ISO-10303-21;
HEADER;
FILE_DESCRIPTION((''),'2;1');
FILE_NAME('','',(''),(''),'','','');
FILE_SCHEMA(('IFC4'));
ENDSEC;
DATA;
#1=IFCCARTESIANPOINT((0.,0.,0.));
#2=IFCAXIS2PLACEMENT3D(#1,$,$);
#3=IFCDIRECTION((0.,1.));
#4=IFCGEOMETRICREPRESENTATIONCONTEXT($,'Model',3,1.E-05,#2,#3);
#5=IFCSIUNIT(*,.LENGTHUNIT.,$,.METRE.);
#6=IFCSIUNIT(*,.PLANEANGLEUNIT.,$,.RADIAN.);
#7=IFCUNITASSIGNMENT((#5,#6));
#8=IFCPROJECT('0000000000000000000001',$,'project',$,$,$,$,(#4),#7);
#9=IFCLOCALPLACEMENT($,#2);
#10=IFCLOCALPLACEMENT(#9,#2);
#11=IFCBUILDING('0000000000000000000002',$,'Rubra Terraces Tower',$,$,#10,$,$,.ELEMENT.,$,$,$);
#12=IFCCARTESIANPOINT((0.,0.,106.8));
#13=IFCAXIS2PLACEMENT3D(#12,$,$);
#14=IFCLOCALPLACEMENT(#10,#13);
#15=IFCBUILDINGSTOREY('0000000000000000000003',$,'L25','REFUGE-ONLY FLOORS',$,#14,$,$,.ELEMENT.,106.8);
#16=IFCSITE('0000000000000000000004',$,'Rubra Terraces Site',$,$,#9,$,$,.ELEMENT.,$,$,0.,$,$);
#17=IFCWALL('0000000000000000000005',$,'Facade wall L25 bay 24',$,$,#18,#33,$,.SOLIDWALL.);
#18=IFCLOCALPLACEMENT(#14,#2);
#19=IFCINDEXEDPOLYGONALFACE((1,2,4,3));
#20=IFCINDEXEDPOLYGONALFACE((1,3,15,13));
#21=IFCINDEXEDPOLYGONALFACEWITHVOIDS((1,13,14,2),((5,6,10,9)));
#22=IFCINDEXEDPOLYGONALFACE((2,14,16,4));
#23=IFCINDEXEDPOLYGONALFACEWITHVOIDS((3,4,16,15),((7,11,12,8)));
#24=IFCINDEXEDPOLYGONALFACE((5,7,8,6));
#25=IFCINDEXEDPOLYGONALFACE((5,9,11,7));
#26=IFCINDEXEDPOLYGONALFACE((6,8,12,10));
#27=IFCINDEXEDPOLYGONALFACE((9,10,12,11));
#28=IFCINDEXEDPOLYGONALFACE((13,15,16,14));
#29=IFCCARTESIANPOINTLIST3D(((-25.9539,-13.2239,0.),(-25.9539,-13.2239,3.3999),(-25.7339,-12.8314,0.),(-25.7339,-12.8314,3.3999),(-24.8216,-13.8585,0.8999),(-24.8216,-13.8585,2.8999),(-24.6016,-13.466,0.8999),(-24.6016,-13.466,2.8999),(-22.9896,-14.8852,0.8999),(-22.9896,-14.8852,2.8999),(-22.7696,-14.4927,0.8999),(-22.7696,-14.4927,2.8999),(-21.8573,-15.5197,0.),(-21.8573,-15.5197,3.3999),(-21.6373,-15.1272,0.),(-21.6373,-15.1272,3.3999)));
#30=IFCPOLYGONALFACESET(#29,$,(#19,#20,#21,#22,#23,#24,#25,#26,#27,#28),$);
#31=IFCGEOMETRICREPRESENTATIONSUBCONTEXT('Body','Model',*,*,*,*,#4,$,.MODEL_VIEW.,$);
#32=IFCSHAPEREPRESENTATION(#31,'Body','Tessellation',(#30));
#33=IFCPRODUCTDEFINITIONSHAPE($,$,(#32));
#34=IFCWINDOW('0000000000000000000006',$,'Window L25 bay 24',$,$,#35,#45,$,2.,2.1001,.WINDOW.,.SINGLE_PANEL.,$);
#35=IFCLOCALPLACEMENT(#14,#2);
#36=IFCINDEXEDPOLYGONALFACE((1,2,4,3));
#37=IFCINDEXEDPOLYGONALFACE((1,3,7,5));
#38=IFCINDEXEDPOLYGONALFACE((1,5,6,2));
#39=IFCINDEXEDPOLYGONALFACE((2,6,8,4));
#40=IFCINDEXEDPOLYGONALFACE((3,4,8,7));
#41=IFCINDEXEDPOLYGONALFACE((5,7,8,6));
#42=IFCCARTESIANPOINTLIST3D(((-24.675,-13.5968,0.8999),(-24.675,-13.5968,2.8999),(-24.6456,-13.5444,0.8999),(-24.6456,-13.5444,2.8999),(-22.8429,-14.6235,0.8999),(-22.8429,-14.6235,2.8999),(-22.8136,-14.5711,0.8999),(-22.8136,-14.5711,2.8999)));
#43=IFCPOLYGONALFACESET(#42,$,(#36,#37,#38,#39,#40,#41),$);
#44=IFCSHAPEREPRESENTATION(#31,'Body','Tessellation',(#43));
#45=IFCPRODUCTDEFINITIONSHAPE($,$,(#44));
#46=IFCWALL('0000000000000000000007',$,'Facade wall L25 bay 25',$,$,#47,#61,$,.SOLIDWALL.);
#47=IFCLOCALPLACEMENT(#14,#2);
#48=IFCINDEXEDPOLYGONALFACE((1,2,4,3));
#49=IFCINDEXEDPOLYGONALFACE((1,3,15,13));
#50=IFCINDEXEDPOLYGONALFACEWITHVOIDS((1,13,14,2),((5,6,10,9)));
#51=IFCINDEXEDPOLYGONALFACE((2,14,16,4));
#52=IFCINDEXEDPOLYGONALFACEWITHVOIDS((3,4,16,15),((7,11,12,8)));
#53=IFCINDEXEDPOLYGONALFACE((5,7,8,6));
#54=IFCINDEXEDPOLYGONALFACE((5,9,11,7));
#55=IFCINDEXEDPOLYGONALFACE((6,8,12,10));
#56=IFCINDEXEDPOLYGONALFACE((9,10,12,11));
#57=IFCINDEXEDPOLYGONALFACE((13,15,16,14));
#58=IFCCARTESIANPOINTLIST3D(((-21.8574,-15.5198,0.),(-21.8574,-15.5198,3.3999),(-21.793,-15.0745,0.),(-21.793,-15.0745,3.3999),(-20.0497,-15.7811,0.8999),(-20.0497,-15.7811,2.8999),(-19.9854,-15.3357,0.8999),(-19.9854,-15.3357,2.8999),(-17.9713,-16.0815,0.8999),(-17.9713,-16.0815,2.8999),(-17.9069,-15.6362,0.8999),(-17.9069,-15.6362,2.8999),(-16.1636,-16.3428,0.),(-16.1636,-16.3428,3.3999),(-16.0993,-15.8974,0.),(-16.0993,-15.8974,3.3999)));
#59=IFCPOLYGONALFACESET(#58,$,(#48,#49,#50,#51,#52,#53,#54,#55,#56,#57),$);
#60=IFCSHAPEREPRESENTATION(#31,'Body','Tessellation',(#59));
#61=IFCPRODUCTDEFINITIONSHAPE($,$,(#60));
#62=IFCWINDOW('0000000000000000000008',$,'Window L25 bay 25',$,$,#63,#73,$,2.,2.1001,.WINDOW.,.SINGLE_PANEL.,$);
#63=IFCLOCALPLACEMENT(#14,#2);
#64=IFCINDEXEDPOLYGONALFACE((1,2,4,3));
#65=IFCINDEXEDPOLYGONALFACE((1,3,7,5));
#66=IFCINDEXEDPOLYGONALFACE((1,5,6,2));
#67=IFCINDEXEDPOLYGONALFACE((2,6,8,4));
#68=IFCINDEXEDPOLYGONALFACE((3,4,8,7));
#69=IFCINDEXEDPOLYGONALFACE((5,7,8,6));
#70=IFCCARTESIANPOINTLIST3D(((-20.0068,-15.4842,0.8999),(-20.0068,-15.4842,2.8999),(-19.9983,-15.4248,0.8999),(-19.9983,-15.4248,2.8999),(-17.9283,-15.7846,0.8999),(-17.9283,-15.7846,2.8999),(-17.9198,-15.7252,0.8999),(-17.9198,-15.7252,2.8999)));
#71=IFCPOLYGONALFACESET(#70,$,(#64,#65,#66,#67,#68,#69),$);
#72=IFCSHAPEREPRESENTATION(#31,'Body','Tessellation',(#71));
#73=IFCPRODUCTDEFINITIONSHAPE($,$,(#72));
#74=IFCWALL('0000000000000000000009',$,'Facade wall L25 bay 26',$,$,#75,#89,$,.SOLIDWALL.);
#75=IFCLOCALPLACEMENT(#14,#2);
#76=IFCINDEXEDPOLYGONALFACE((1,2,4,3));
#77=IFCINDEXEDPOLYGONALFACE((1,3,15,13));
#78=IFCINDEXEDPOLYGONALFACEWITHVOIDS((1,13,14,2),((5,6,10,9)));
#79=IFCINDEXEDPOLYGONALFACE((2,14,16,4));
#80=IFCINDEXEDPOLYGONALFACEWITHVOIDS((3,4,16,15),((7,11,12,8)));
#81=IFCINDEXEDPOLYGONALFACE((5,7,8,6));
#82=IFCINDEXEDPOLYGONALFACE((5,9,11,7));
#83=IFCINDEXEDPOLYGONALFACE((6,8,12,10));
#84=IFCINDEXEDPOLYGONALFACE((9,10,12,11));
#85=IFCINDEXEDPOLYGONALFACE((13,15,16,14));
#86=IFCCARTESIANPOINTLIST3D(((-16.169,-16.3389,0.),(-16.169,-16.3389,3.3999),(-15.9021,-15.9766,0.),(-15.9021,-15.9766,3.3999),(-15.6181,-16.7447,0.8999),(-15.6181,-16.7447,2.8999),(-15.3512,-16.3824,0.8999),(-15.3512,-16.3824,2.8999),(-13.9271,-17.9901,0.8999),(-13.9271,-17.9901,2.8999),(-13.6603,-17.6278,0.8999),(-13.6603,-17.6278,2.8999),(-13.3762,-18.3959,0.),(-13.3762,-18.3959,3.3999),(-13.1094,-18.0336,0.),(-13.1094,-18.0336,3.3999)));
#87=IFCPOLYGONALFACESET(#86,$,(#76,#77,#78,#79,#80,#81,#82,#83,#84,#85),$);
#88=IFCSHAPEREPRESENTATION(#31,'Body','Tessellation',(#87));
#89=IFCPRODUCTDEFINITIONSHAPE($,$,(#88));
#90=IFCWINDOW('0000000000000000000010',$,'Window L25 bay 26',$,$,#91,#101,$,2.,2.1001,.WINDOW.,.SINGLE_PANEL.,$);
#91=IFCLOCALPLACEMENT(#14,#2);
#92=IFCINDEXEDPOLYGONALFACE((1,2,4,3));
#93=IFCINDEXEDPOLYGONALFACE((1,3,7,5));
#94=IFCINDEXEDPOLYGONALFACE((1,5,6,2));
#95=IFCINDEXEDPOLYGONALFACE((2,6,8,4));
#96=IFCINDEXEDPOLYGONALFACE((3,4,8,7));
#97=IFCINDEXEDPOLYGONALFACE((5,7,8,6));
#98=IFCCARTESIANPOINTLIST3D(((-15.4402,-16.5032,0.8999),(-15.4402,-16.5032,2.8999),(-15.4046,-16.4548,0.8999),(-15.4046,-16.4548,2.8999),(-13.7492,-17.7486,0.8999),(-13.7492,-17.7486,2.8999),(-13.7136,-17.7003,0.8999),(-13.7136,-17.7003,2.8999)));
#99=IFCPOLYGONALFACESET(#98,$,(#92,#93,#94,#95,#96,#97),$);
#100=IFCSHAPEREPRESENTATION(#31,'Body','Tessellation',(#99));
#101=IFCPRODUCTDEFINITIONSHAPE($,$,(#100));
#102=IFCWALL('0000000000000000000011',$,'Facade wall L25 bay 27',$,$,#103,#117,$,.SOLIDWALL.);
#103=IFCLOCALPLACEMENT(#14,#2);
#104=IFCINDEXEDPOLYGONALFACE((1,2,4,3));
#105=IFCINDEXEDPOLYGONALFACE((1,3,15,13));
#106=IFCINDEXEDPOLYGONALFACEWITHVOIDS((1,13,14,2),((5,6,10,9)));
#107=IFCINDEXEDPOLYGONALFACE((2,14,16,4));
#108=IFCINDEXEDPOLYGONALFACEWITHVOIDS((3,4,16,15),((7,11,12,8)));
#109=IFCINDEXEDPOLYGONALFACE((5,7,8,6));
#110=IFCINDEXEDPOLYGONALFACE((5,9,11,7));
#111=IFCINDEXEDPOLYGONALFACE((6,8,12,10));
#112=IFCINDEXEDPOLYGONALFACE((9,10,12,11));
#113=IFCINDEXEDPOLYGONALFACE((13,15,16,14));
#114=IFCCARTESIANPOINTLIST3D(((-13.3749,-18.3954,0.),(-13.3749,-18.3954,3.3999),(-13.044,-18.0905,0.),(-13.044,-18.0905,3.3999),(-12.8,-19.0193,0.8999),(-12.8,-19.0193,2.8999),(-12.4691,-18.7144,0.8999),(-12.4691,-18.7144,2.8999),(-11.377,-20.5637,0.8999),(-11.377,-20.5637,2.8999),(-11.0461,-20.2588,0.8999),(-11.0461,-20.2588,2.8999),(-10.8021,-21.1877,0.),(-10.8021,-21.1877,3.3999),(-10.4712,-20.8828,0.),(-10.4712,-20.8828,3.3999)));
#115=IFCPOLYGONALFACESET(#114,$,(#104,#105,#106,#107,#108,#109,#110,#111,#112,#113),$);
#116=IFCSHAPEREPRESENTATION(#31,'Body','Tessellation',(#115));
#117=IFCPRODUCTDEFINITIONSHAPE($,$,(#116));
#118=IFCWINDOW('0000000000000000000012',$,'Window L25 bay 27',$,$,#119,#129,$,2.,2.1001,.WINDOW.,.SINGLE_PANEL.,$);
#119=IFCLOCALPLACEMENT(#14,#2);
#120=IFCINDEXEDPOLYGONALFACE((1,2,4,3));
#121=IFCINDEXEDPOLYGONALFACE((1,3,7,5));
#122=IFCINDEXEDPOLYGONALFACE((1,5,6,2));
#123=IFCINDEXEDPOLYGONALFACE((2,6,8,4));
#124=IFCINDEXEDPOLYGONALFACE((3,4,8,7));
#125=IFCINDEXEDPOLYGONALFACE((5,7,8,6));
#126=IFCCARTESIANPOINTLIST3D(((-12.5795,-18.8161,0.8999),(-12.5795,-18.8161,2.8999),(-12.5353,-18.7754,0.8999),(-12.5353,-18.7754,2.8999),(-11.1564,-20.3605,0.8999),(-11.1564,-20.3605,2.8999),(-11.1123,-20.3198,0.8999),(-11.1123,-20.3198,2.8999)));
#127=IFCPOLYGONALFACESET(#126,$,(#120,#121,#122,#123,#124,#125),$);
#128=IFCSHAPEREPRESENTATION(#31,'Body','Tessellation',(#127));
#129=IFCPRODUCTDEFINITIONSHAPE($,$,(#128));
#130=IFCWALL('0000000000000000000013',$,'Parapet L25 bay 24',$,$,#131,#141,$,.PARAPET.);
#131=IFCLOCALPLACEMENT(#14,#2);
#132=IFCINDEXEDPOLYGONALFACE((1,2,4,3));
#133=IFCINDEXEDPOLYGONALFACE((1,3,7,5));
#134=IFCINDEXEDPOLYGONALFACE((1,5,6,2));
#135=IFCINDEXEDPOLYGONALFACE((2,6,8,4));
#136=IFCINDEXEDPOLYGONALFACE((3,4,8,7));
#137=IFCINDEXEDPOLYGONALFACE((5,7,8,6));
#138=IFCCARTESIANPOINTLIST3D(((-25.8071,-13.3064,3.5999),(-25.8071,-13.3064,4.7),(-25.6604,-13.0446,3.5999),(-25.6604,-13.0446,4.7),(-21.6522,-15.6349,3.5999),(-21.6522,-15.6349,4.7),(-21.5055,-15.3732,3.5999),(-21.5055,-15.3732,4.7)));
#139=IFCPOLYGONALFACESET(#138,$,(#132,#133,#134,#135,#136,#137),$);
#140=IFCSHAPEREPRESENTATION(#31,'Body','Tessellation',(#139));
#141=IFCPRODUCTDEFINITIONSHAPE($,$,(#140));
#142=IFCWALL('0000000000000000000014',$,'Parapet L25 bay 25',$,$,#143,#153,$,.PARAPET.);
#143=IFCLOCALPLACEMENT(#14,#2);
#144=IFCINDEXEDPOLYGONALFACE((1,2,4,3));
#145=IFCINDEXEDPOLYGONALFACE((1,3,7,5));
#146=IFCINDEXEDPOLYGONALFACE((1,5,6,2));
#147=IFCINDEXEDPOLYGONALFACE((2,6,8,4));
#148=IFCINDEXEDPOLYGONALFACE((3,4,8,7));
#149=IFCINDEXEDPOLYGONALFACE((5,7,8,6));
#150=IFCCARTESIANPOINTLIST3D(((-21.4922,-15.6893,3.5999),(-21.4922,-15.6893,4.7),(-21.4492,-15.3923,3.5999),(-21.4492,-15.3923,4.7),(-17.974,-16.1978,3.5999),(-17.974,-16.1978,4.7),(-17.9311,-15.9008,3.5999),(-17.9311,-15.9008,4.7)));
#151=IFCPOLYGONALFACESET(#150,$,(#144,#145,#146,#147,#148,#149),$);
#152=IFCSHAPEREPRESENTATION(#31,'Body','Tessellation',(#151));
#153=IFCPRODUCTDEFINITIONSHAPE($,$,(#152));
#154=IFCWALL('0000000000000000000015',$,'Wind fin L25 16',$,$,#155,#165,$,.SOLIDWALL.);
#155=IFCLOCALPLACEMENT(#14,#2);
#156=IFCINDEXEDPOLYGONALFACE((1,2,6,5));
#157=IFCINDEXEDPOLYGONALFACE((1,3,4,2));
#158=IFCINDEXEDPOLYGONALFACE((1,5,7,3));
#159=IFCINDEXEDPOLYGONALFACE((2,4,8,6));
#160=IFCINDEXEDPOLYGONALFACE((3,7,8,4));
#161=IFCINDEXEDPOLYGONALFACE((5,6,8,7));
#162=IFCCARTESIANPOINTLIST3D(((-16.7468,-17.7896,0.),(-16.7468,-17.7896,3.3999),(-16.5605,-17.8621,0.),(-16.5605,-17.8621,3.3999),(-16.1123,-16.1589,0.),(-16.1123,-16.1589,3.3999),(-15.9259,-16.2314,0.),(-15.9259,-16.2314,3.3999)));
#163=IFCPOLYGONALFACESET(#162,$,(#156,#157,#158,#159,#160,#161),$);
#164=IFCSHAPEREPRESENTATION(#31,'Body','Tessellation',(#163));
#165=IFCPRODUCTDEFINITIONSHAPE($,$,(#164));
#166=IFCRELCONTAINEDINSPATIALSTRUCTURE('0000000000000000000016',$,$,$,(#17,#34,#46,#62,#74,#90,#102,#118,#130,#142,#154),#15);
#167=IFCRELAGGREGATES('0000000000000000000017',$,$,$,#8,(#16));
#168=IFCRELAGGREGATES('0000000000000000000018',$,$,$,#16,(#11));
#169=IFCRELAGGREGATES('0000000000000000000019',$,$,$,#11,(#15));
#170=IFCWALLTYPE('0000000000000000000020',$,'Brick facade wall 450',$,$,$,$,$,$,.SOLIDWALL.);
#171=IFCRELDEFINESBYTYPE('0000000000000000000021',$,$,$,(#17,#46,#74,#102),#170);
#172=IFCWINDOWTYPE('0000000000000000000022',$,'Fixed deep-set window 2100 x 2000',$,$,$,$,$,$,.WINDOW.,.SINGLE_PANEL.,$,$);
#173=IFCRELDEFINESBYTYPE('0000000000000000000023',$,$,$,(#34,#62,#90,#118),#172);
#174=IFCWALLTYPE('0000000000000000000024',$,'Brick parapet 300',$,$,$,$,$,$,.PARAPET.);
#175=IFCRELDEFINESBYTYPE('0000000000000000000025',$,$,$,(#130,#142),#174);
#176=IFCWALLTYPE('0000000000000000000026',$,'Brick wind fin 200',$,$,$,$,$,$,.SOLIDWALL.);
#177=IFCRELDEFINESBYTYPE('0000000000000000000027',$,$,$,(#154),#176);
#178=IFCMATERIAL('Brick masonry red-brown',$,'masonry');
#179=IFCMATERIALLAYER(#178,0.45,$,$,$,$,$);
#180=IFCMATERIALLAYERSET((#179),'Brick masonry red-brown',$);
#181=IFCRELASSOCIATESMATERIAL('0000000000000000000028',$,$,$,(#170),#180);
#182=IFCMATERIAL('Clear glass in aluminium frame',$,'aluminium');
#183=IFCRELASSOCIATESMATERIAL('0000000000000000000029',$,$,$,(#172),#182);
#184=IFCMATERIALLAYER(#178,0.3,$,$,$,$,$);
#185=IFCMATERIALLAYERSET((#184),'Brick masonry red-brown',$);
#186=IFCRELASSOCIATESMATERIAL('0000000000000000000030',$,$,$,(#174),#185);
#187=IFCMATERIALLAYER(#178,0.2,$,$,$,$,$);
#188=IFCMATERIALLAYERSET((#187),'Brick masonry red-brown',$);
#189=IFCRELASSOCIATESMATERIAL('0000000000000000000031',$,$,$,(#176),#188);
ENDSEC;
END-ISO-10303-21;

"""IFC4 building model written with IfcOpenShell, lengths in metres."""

from ifc_helpers import new_model, si_unit, direction, frame, frame_2d, origin, place, context, subcontext, project, spatial, rectangle, extrude, material, layer, layer_set, type_object, element, fill, save


model = new_model("IFC4")

# Units and contexts
model_context = context("Model", 3, precision=1e-05, world=origin(), true_north=direction((0.0, 1.0)))
body_context = subcontext(model_context, "Body", "Model", "MODEL_VIEW")
ifc_project = project(units=[si_unit("LENGTHUNIT", "METRE"), si_unit("PLANEANGLEUNIT", "RADIAN")], contexts=[model_context])

# Site, building, storey
site_placement = place(None, origin())
site = spatial("IfcSite", under=ifc_project, at=site_placement, Name="Rubra Terraces Site", CompositionType="ELEMENT", RefElevation=0.0)
building_placement = place(site_placement, origin())
building = spatial("IfcBuilding", under=site, at=building_placement, Name="Rubra Terraces Tower", CompositionType="ELEMENT")
storey_placement = place(building_placement, frame((0.0, 0.0, 106.8)))
storey = spatial("IfcBuildingStorey", under=building, at=storey_placement, Name="L25", Description="REFUGE-ONLY FLOORS", CompositionType="ELEMENT", Elevation=106.8)

# Walls, openings, windows
ifc_material_1 = material(Name="Brick masonry red-brown", Category="masonry")
ifc_layer_1 = layer(ifc_material_1, 0.45)
ifc_layer_set_1 = layer_set([ifc_layer_1], Name="Brick masonry red-brown")
wall_type_1 = type_object("IfcWallType", Name="Brick facade wall 450", PredefinedType="SOLIDWALL", material=ifc_layer_set_1)
wall_1_placement = place(storey_placement, frame((-25.844, -13.0276, 0.0), z_axis=(0.0, 0.0, 1.0), x_axis=(0.872346, -0.488888, 0.0)))
wall_1 = element("IfcWall", 1, at=wall_1_placement, inside=storey, type_object=wall_type_1, Name="Facade wall L25 bay 24", PredefinedType="SOLIDWALL", context=body_context, shape_type="SweptSolid", body=[
    extrude(rectangle(XDim=4.696, YDim=0.45, at=frame_2d((2.3481, 0.0))), origin(), (0.0, 0.0, 1.0), 3.3999),
])
opening_1_placement = place(wall_1_placement, frame((1.2981, 0.0, 0.8999)))
opening_1 = element("IfcOpeningElement", 2, at=opening_1_placement, cuts=wall_1, PredefinedType="OPENING", context=body_context, shape_type="SweptSolid", body=[
    extrude(rectangle(XDim=2.1001, YDim=2.0, at=frame_2d((1.05, 1.0))), frame((0.0, 0.2349, 0.0), z_axis=(0.0, -1.0, 0.0), x_axis=(1.0, 0.0, 0.0)), (0.0, 0.0, 1.0), 0.47),
])
ifc_material_2 = material(Name="Clear glass in aluminium frame", Category="aluminium")
window_type = type_object("IfcWindowType", Name="Fixed deep-set window 2100 x 2000", PartitioningType="SINGLE_PANEL", PredefinedType="WINDOW", material=ifc_material_2)
window_1_placement = place(opening_1_placement, origin())
window_1 = element("IfcWindow", 3, at=window_1_placement, inside=storey, type_object=window_type, Name="Window L25 bay 24", OverallHeight=2.0, OverallWidth=2.1001, PartitioningType="SINGLE_PANEL", PredefinedType="WINDOW", context=body_context, shape_type="SweptSolid", body=[
    extrude(rectangle(XDim=2.1001, YDim=2.0, at=frame_2d((1.05, 1.0))), frame((0.0, 0.135, 0.0), z_axis=(0.0, -1.0, 0.0), x_axis=(1.0, 0.0, 0.0)), (0.0, 0.0, 1.0), 0.0601),
])
fill(opening_1, window_1)
wall_2_placement = place(storey_placement, frame((-21.8252, -15.2971, 0.0), z_axis=(0.0, 0.0, 1.0), x_axis=(0.989715, -0.143055, 0.0)))
wall_2 = element("IfcWall", 4, at=wall_2_placement, inside=storey, type_object=wall_type_1, Name="Facade wall L25 bay 25", PredefinedType="SOLIDWALL", context=body_context, shape_type="SweptSolid", body=[
    extrude(rectangle(XDim=5.7529, YDim=0.45, at=frame_2d((2.8765, 0.0))), origin(), (0.0, 0.0, 1.0), 3.3999),
])
opening_2_placement = place(wall_2_placement, frame((1.8264, 0.0, 0.8999)))
opening_2 = element("IfcOpeningElement", 5, at=opening_2_placement, cuts=wall_2, PredefinedType="OPENING", context=body_context, shape_type="SweptSolid", body=[
    extrude(rectangle(XDim=2.1001, YDim=2.0, at=frame_2d((1.05, 1.0))), frame((0.0, 0.2349, 0.0), z_axis=(0.0, -1.0, 0.0), x_axis=(1.0, 0.0, 0.0)), (0.0, 0.0, 1.0), 0.47),
])
window_2_placement = place(opening_2_placement, origin())
window_2 = element("IfcWindow", 6, at=window_2_placement, inside=storey, type_object=window_type, Name="Window L25 bay 25", OverallHeight=2.0, OverallWidth=2.1001, PartitioningType="SINGLE_PANEL", PredefinedType="WINDOW", context=body_context, shape_type="SweptSolid", body=[
    extrude(rectangle(XDim=2.1001, YDim=2.0, at=frame_2d((1.05, 1.0))), frame((0.0, 0.135, 0.0), z_axis=(0.0, -1.0, 0.0), x_axis=(1.0, 0.0, 0.0)), (0.0, 0.0, 1.0), 0.0601),
])
fill(opening_2, window_2)
wall_3_placement = place(storey_placement, frame((-16.0356, -16.1577, 0.0), z_axis=(0.0, 0.0, 1.0), x_axis=(0.805181, -0.593029, 0.0)))
wall_3 = element("IfcWall", 7, at=wall_3_placement, inside=storey, type_object=wall_type_1, Name="Facade wall L25 bay 26", PredefinedType="SOLIDWALL", context=body_context, shape_type="SweptSolid", body=[
    extrude(rectangle(XDim=3.4685, YDim=0.45, at=frame_2d((1.7344, 0.0))), origin(), (0.0, 0.0, 1.0), 3.3999),
])
opening_3_placement = place(wall_3_placement, frame((0.6843, 0.0, 0.8999)))
opening_3 = element("IfcOpeningElement", 8, at=opening_3_placement, cuts=wall_3, PredefinedType="OPENING", context=body_context, shape_type="SweptSolid", body=[
    extrude(rectangle(XDim=2.1001, YDim=2.0, at=frame_2d((1.05, 1.0))), frame((0.0, 0.2349, 0.0), z_axis=(0.0, -1.0, 0.0), x_axis=(1.0, 0.0, 0.0)), (0.0, 0.0, 1.0), 0.47),
])
window_3_placement = place(opening_3_placement, origin())
window_3 = element("IfcWindow", 9, at=window_3_placement, inside=storey, type_object=window_type, Name="Window L25 bay 26", OverallHeight=2.0, OverallWidth=2.1001, PartitioningType="SINGLE_PANEL", PredefinedType="WINDOW", context=body_context, shape_type="SweptSolid", body=[
    extrude(rectangle(XDim=2.1001, YDim=2.0, at=frame_2d((1.05, 1.0))), frame((0.0, 0.135, 0.0), z_axis=(0.0, -1.0, 0.0), x_axis=(1.0, 0.0, 0.0)), (0.0, 0.0, 1.0), 0.0601),
])
fill(opening_3, window_3)
wall_4_placement = place(storey_placement, frame((-13.2095, -18.2429, 0.0), z_axis=(0.0, 0.0, 1.0), x_axis=(0.677612, -0.735419, 0.0)))
wall_4 = element("IfcWall", 10, at=wall_4_placement, inside=storey, type_object=wall_type_1, Name="Facade wall L25 bay 27", PredefinedType="SOLIDWALL", context=body_context, shape_type="SweptSolid", body=[
    extrude(rectangle(XDim=3.7969, YDim=0.45, at=frame_2d((1.8984, 0.0))), origin(), (0.0, 0.0, 1.0), 3.3999),
])
opening_4_placement = place(wall_4_placement, frame((0.8484, 0.0, 0.8999)))
opening_4 = element("IfcOpeningElement", 11, at=opening_4_placement, cuts=wall_4, PredefinedType="OPENING", context=body_context, shape_type="SweptSolid", body=[
    extrude(rectangle(XDim=2.1001, YDim=2.0, at=frame_2d((1.05, 1.0))), frame((0.0, 0.2349, 0.0), z_axis=(0.0, -1.0, 0.0), x_axis=(1.0, 0.0, 0.0)), (0.0, 0.0, 1.0), 0.47),
])
window_4_placement = place(opening_4_placement, origin())
window_4 = element("IfcWindow", 12, at=window_4_placement, inside=storey, type_object=window_type, Name="Window L25 bay 27", OverallHeight=2.0, OverallWidth=2.1001, PartitioningType="SINGLE_PANEL", PredefinedType="WINDOW", context=body_context, shape_type="SweptSolid", body=[
    extrude(rectangle(XDim=2.1001, YDim=2.0, at=frame_2d((1.05, 1.0))), frame((0.0, 0.135, 0.0), z_axis=(0.0, -1.0, 0.0), x_axis=(1.0, 0.0, 0.0)), (0.0, 0.0, 1.0), 0.0601),
])
fill(opening_4, window_4)

# Walls
ifc_layer_2 = layer(ifc_material_1, 0.3)
ifc_layer_set_2 = layer_set([ifc_layer_2], Name="Brick masonry red-brown")
wall_type_2 = type_object("IfcWallType", Name="Brick parapet 300", PredefinedType="PARAPET", material=ifc_layer_set_2)
wall_5_placement = place(storey_placement, frame((-25.7336, -13.1755, 3.5999), z_axis=(0.0, 0.0, 1.0), x_axis=(0.872345, -0.488891, 0.0)))
element("IfcWall", 13, at=wall_5_placement, inside=storey, type_object=wall_type_2, Name="Parapet L25 bay 24", PredefinedType="PARAPET", context=body_context, shape_type="SweptSolid", body=[
    extrude(rectangle(XDim=4.7629, YDim=0.3, at=frame_2d((2.3813, 0.0))), origin(), (0.0, 0.0, 1.0), 1.1001),
])
wall_6_placement = place(storey_placement, frame((-21.4707, -15.5408, 3.5999), z_axis=(0.0, 0.0, 1.0), x_axis=(0.989713, -0.143065, 0.0)))
element("IfcWall", 14, at=wall_6_placement, inside=storey, type_object=wall_type_2, Name="Parapet L25 bay 25", PredefinedType="PARAPET", context=body_context, shape_type="SweptSolid", body=[
    extrude(rectangle(XDim=3.5547, YDim=0.3, at=frame_2d((1.7773, 0.0))), origin(), (0.0, 0.0, 1.0), 1.1001),
])
ifc_layer_3 = layer(ifc_material_1, 0.2)
ifc_layer_set_3 = layer_set([ifc_layer_3], Name="Brick masonry red-brown")
wall_type_3 = type_object("IfcWallType", Name="Brick wind fin 200", PredefinedType="SOLIDWALL", material=ifc_layer_set_3)
wall_7_placement = place(storey_placement, frame((-16.019, -16.1951, 0.0), z_axis=(0.0, 0.0, 1.0), x_axis=(-0.362642, -0.931929, 0.0)))
element("IfcWall", 15, at=wall_7_placement, inside=storey, type_object=wall_type_3, Name="Wind fin L25 16", PredefinedType="SOLIDWALL", context=body_context, shape_type="SweptSolid", body=[
    extrude(rectangle(XDim=1.7498, YDim=0.2, at=frame_2d((0.875, 0.0))), origin(), (0.0, 0.0, 1.0), 3.3999),
])

save(model, "model.ifc")
